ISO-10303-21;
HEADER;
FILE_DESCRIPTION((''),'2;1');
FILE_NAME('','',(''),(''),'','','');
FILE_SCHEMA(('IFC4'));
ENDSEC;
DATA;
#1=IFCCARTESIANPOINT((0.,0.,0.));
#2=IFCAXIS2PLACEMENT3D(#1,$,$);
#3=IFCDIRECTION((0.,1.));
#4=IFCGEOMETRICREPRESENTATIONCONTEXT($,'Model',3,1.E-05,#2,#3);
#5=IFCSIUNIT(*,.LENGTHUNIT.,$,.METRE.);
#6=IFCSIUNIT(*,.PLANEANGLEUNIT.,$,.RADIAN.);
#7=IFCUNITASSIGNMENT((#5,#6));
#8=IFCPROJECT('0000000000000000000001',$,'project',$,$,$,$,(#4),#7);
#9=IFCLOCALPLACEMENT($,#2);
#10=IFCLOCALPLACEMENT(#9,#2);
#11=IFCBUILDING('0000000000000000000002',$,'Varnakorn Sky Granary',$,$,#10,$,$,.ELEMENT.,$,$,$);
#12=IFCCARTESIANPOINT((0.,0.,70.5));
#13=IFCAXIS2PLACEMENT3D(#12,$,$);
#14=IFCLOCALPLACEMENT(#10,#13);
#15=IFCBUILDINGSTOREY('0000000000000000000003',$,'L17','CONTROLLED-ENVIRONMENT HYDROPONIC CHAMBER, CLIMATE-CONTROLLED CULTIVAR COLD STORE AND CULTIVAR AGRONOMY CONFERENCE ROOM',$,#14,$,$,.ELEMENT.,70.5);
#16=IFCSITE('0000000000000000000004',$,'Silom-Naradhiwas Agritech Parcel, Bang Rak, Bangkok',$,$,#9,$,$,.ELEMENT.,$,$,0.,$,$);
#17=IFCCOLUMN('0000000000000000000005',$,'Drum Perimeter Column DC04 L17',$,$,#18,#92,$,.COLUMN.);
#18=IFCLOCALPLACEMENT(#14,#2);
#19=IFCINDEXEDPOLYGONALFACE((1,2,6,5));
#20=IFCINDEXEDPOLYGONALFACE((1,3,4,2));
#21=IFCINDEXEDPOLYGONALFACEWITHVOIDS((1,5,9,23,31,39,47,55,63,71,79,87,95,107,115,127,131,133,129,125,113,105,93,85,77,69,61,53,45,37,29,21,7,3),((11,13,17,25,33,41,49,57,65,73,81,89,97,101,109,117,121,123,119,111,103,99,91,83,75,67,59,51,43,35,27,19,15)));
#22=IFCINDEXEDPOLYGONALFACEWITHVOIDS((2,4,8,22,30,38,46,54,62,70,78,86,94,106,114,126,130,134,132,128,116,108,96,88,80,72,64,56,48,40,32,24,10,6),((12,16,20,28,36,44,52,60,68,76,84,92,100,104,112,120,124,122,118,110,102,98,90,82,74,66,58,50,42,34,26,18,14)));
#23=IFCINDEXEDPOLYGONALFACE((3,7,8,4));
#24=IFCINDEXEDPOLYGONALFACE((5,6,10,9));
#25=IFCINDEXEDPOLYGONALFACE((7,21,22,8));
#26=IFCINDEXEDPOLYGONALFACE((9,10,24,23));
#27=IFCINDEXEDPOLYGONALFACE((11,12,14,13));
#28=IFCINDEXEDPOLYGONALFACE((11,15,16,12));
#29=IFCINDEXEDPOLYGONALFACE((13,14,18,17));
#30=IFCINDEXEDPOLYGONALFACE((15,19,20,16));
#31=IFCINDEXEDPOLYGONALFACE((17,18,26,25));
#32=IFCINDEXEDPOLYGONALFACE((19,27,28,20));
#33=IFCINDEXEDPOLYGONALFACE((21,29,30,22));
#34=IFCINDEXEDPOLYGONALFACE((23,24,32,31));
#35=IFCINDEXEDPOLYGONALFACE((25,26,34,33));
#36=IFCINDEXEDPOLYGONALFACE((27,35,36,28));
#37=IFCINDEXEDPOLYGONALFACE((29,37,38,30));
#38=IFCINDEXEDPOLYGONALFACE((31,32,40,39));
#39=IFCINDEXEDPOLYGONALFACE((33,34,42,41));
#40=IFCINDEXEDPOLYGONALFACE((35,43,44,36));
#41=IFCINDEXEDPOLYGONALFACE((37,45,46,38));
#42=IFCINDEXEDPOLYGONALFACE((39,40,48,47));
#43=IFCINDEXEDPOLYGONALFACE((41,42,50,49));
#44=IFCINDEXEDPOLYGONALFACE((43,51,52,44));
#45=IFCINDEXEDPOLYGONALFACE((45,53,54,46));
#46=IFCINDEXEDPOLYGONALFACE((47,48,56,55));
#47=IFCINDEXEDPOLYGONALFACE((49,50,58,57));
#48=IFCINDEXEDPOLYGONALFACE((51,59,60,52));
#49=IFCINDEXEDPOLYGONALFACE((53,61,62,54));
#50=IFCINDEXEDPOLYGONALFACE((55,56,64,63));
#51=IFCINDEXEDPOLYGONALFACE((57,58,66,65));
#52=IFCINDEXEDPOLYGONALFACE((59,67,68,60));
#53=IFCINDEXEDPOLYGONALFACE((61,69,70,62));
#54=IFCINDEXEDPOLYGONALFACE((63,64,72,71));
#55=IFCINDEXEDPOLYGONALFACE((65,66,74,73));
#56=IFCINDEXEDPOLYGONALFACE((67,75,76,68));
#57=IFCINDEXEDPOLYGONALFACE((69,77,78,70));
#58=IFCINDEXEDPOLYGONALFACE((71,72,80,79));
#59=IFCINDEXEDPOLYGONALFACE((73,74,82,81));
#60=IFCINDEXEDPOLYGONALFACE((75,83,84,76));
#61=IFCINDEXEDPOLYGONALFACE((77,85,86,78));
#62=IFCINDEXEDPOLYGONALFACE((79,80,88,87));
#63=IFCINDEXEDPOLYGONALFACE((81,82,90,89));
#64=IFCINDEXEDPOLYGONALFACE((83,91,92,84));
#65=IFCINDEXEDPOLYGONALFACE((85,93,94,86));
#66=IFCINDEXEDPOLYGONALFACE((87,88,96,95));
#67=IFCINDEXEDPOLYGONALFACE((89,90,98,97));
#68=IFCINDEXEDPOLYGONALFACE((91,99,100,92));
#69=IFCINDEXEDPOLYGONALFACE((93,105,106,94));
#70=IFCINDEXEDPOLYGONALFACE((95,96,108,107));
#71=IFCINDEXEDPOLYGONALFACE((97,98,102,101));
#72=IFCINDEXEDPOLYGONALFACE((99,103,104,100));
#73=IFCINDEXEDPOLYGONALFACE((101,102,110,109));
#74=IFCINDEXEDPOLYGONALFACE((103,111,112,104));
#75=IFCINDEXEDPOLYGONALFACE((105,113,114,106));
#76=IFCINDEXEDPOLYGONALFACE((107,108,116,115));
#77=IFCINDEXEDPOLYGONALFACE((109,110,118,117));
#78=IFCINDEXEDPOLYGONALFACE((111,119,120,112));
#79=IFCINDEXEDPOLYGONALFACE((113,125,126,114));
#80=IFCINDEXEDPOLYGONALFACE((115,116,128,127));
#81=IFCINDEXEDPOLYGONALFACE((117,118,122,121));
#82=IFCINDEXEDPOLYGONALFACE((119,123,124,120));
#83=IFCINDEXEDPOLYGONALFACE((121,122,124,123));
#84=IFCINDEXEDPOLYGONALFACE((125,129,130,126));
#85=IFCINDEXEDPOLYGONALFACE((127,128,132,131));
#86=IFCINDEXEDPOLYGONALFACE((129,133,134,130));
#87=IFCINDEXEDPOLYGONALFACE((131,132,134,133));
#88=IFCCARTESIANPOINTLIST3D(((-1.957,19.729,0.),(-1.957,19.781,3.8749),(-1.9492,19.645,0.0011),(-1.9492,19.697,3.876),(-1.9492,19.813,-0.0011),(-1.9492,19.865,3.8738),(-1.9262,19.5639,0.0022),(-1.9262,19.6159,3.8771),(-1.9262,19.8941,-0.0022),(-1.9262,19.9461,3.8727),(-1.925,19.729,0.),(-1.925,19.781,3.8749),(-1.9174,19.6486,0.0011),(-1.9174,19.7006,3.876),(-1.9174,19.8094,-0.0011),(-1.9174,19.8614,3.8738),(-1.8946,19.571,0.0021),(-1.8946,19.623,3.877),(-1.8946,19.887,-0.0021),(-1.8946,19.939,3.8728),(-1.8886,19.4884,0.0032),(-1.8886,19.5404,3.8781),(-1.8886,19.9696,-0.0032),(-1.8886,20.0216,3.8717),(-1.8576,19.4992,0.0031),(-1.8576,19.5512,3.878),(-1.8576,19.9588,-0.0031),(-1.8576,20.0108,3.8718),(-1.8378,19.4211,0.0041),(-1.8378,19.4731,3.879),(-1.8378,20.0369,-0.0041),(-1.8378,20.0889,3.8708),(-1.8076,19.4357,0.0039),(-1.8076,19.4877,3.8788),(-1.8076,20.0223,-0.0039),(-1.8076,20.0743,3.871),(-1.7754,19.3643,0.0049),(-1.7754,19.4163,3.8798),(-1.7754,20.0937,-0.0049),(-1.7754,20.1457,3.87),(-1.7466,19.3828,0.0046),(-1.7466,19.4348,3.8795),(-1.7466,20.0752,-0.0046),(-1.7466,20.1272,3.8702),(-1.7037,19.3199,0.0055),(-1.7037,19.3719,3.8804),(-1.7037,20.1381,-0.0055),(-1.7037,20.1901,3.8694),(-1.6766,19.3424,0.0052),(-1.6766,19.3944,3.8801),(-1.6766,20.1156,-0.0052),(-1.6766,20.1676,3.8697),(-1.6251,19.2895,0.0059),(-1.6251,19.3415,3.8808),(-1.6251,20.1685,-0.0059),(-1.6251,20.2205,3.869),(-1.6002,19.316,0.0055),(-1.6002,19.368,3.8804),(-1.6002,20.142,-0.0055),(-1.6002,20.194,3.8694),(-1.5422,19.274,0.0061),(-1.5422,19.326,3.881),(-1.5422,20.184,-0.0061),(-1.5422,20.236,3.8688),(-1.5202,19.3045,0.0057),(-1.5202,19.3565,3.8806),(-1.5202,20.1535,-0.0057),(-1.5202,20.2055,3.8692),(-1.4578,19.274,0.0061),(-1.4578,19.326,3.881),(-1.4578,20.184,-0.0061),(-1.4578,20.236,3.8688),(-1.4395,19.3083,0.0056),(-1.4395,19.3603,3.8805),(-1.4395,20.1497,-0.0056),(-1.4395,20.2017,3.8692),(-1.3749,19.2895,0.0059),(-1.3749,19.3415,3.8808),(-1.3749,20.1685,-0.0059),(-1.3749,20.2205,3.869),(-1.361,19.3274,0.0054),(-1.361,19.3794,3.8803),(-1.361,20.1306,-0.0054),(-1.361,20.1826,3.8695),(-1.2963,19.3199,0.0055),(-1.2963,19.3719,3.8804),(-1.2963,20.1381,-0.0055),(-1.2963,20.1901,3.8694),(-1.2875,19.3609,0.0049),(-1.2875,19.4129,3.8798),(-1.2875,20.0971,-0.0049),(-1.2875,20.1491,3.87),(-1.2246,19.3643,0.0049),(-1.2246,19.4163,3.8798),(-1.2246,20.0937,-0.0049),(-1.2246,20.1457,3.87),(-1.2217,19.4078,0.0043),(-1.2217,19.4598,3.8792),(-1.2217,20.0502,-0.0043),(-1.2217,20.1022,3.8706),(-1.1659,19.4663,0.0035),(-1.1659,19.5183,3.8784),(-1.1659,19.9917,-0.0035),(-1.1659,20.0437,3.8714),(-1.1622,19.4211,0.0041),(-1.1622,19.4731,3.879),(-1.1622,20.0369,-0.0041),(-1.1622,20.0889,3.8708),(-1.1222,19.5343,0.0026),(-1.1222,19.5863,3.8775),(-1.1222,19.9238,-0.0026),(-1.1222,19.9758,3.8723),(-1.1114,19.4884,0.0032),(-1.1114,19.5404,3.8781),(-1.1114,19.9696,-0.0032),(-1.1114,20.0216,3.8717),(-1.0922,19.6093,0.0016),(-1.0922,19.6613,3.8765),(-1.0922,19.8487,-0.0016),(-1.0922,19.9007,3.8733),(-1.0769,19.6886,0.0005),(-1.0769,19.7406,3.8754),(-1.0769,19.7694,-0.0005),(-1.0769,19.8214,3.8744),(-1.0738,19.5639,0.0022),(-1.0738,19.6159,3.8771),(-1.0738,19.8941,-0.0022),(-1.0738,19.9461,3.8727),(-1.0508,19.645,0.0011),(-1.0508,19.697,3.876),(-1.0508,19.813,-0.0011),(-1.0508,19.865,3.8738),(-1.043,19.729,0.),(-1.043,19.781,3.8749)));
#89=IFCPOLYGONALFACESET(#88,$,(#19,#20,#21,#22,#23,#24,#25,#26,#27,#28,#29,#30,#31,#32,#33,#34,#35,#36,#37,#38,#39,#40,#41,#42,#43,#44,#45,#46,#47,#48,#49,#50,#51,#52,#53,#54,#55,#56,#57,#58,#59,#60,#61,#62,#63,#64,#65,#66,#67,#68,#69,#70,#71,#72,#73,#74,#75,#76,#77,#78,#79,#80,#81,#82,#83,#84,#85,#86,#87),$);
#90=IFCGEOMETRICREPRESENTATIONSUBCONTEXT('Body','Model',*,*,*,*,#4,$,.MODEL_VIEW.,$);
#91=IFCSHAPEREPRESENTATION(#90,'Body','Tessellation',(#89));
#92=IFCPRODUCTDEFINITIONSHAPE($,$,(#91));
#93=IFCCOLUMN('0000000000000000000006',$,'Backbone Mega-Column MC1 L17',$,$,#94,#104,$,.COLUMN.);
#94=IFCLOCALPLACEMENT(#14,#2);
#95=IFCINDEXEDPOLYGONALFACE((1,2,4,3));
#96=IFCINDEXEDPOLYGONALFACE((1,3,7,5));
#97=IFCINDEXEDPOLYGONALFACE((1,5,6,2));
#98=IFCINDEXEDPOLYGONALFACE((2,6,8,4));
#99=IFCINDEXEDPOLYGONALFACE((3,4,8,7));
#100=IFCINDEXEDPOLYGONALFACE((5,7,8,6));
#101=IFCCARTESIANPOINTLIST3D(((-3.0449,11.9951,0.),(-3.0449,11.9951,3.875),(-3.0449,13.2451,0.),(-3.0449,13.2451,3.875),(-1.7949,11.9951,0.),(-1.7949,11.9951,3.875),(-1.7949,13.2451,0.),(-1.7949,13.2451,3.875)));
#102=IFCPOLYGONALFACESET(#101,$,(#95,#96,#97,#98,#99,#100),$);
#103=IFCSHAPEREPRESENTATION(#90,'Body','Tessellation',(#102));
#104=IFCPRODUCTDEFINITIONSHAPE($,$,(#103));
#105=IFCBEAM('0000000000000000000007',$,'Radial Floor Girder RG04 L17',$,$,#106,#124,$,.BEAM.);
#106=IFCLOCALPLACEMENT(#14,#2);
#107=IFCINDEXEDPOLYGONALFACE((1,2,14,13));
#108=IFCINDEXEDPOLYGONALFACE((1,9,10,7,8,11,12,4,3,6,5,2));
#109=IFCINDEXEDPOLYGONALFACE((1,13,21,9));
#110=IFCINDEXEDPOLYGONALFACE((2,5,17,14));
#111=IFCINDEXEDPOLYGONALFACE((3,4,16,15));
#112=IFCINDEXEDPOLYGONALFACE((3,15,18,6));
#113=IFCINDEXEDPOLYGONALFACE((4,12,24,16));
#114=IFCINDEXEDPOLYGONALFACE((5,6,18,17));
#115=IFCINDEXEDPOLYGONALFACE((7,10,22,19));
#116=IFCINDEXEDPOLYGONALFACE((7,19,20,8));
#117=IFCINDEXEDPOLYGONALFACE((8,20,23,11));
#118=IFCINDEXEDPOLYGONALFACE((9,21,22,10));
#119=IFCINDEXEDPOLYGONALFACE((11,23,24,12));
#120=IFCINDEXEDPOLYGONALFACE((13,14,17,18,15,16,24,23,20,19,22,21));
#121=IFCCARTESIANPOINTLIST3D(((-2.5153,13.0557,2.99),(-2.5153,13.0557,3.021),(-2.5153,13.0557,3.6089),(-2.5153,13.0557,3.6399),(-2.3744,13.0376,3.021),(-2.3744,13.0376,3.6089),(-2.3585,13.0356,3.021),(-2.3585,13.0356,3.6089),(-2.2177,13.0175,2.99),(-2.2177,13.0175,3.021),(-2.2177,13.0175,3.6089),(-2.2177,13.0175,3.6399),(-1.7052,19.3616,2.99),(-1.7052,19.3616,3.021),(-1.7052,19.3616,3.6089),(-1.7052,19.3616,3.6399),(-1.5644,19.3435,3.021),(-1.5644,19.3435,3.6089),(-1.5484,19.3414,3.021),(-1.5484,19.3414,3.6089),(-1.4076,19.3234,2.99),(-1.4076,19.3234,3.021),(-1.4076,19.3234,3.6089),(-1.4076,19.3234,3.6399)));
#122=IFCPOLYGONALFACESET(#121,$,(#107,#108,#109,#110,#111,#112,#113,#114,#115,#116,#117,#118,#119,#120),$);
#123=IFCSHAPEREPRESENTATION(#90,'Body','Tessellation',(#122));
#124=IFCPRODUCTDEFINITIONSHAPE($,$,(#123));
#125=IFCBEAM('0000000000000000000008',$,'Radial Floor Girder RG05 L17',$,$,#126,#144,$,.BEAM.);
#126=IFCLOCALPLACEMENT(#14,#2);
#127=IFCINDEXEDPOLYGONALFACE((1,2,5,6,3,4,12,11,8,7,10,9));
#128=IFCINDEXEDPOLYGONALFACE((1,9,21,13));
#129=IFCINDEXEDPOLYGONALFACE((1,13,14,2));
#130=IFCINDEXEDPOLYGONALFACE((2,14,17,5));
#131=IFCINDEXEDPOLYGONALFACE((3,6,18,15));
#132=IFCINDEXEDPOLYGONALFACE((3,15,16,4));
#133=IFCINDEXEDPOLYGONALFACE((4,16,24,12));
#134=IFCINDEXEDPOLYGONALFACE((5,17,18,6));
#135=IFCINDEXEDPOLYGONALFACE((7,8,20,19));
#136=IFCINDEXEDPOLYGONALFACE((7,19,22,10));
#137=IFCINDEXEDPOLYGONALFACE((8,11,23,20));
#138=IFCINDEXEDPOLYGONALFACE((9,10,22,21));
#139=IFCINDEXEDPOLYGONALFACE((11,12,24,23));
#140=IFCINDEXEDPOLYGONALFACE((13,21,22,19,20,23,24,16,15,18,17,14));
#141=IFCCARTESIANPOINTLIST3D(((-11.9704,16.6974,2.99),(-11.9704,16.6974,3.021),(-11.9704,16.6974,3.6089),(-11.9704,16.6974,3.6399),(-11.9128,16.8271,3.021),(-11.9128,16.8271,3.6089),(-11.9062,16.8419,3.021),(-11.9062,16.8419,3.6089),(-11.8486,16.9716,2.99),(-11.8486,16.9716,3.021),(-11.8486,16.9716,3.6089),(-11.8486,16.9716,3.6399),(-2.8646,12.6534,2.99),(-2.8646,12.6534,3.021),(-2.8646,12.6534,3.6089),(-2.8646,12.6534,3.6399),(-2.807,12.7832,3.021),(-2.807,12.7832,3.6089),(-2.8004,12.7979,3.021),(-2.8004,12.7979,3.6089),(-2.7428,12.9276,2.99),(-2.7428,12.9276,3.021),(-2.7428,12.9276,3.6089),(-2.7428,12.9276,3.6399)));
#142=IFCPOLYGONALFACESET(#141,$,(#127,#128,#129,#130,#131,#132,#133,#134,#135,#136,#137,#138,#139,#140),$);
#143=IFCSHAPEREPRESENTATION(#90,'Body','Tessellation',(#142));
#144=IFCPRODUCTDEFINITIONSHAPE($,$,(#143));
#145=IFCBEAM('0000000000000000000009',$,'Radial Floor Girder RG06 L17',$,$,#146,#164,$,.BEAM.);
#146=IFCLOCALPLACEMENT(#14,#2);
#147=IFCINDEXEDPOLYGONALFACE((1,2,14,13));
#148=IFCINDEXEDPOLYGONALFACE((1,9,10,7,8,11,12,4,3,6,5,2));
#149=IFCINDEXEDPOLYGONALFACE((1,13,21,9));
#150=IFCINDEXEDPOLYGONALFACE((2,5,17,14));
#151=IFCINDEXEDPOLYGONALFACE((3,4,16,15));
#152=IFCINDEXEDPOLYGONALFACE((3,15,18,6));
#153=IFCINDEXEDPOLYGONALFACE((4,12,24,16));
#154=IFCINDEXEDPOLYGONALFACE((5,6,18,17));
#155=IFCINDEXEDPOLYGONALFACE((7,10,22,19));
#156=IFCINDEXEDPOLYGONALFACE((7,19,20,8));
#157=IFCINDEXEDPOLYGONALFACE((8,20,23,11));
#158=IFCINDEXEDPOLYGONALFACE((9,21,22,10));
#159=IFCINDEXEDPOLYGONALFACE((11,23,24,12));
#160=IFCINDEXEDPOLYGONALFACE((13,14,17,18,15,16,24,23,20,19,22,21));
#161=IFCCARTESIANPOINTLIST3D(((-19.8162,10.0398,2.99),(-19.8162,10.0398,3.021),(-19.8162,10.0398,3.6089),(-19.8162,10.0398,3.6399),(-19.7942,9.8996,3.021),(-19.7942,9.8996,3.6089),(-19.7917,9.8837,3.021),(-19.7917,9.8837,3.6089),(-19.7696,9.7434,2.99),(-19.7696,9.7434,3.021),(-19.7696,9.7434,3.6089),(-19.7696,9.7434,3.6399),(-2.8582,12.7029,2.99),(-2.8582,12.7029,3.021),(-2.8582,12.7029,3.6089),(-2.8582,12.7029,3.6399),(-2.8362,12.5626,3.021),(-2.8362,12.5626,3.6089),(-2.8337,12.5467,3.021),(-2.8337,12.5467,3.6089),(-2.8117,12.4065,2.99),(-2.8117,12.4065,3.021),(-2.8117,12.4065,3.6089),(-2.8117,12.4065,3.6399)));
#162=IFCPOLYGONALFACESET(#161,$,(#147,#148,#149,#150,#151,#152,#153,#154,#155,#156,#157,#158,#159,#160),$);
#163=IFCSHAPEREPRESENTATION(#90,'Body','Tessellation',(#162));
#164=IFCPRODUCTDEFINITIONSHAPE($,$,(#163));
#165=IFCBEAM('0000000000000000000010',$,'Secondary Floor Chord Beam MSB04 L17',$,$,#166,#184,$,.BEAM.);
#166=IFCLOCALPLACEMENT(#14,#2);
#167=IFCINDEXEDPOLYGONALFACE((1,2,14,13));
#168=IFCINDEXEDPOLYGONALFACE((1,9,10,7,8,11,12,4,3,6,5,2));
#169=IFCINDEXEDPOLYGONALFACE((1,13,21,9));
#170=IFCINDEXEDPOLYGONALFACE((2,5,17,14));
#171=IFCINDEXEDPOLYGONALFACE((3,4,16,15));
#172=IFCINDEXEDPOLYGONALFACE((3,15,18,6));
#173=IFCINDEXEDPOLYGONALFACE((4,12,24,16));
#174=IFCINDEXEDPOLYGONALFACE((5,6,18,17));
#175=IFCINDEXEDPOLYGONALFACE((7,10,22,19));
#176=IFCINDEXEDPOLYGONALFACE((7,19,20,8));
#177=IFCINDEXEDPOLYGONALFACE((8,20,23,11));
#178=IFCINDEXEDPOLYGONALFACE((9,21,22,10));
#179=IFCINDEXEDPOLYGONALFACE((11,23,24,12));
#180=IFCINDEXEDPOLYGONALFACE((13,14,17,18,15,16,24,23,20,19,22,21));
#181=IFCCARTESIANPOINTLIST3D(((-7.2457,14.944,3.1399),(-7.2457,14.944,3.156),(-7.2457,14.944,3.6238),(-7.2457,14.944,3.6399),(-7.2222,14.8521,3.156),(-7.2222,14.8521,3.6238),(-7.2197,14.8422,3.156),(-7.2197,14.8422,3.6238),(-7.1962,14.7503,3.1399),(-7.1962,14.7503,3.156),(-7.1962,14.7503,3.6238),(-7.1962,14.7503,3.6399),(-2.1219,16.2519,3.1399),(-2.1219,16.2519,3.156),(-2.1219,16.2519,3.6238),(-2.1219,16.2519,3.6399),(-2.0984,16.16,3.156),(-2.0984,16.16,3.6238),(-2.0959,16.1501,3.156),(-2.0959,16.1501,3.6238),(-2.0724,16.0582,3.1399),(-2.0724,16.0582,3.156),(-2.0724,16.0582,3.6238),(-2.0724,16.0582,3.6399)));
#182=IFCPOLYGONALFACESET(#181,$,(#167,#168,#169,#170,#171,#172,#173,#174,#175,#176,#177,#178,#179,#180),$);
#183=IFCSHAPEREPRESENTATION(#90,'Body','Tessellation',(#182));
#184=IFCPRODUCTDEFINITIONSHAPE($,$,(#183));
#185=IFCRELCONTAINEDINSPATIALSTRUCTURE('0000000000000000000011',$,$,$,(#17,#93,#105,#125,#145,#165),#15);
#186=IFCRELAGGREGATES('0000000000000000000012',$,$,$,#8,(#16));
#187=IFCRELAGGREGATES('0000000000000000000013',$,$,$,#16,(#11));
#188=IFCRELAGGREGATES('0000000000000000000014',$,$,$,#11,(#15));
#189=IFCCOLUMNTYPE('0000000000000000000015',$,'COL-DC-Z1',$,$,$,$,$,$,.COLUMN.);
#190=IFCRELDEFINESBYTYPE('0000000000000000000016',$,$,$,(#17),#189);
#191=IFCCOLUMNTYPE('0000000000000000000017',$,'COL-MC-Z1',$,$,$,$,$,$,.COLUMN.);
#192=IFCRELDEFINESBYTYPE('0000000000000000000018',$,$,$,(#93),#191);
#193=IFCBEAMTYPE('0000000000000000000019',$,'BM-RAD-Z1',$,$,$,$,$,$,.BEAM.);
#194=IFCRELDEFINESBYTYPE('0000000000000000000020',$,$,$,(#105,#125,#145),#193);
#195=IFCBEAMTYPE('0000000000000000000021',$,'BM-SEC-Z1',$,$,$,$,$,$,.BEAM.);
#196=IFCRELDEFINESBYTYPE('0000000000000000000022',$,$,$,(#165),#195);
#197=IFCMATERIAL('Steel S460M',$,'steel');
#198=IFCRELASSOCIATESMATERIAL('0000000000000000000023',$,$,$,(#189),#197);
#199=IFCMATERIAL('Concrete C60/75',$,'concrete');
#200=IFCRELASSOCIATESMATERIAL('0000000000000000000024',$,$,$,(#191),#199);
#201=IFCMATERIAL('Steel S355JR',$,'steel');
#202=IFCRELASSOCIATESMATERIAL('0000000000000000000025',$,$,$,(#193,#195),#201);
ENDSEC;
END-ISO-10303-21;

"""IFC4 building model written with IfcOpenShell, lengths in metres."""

from ifc_helpers import new_model, si_unit, direction, frame, origin, origin_2d, place, context, subcontext, project, spatial, rectangle, hollow_circle, i_section, extrude, material, material_profile, profile_set, type_object, element, save


model = new_model("IFC4")

# Units and contexts
model_context = context("Model", 3, precision=1e-05, world=origin(), true_north=direction((0.0, 1.0)))
body_context = subcontext(model_context, "Body", "Model", "MODEL_VIEW")
ifc_project = project(units=[si_unit("LENGTHUNIT", "METRE"), si_unit("PLANEANGLEUNIT", "RADIAN")], contexts=[model_context])

# Site, building, storey
site_placement = place(None, origin())
site = spatial("IfcSite", under=ifc_project, at=site_placement, Name="Silom-Naradhiwas Agritech Parcel, Bang Rak, Bangkok", CompositionType="ELEMENT", RefElevation=0.0)
building_placement = place(site_placement, origin())
building = spatial("IfcBuilding", under=site, at=building_placement, Name="Varnakorn Sky Granary", CompositionType="ELEMENT")
storey_placement = place(building_placement, frame((0.0, 0.0, 70.5)))
storey = spatial("IfcBuildingStorey", under=building, at=storey_placement, Name="L17", Description="CONTROLLED-ENVIRONMENT HYDROPONIC CHAMBER, CLIMATE-CONTROLLED CULTIVAR COLD STORE AND CULTIVAR AGRONOMY CONFERENCE ROOM", CompositionType="ELEMENT", Elevation=70.5)

# Columns
ifc_material_1 = material(Name="Steel S460M", Category="steel")
ifc_material_profile_1 = material_profile(ifc_material_1, hollow_circle(Radius=0.457, WallThickness=0.032, at=origin_2d()), Name="CHS 914x32")
ifc_profile_set_1 = profile_set([ifc_material_profile_1], Name="Steel S460M")
column_type_1 = type_object("IfcColumnType", Name="COL-DC-Z1", PredefinedType="COLUMN", material=ifc_profile_set_1)
column_1_placement = place(storey_placement, frame((-1.5, 19.729, 0.0), z_axis=(0.0, 0.013419, 0.99991), x_axis=(-1.0, 0.0, 0.0)))
element("IfcColumn", 1, at=column_1_placement, inside=storey, type_object=column_type_1, Name="Drum Perimeter Column DC04 L17", PredefinedType="COLUMN", context=body_context, shape_type="SweptSolid", body=[
    extrude(hollow_circle(Radius=0.457, WallThickness=0.032, at=origin_2d()), origin(), (0.0, 0.0, 1.0), 3.8752),
])
ifc_material_2 = material(Name="Concrete C60/75", Category="concrete")
ifc_material_profile_2 = material_profile(ifc_material_2, rectangle(XDim=1.25, YDim=1.25, at=origin_2d()), Name="RC 1250x1250")
ifc_profile_set_2 = profile_set([ifc_material_profile_2], Name="Concrete C60/75")
column_type_2 = type_object("IfcColumnType", Name="COL-MC-Z1", PredefinedType="COLUMN", material=ifc_profile_set_2)
column_2_placement = place(storey_placement, frame((-2.4199, 12.6201, 0.0), z_axis=(0.0, 0.0, 1.0), x_axis=(1.0, 0.0, 0.0)))
element("IfcColumn", 2, at=column_2_placement, inside=storey, type_object=column_type_2, Name="Backbone Mega-Column MC1 L17", PredefinedType="COLUMN", context=body_context, shape_type="SweptSolid", body=[
    extrude(rectangle(XDim=1.25, YDim=1.25, at=origin_2d()), origin(), (0.0, 0.0, 1.0), 3.875),
])

# Beams
ifc_material_3 = material(Name="Steel S355JR", Category="steel")
ifc_material_profile_3 = material_profile(ifc_material_3, i_section(OverallWidth=0.3, OverallDepth=0.6499, WebThickness=0.0161, FlangeThickness=0.031, at=origin_2d()), Name="HE 650 B")
ifc_profile_set_3 = profile_set([ifc_material_profile_3], Name="Steel S355JR")
beam_type_1 = type_object("IfcBeamType", Name="BM-RAD-Z1", PredefinedType="BEAM", material=ifc_profile_set_3)
beam_1_placement = place(storey_placement, frame((-2.3665, 13.0366, 3.3149), z_axis=(0.127413, 0.99185, 0.0), x_axis=(-0.99185, 0.127413, 0.0)))
element("IfcBeam", 3, at=beam_1_placement, inside=storey, type_object=beam_type_1, Name="Radial Floor Girder RG04 L17", PredefinedType="BEAM", context=body_context, shape_type="SweptSolid", body=[
    extrude(i_section(OverallWidth=0.3, OverallDepth=0.6499, WebThickness=0.0161, FlangeThickness=0.031, at=origin_2d()), origin(), (0.0, 0.0, 1.0), 6.3577),
])
beam_2_placement = place(storey_placement, frame((-2.8037, 12.7905, 3.3149), z_axis=(-0.913925, 0.405884, 0.0), x_axis=(-0.405884, -0.913925, 0.0)))
element("IfcBeam", 4, at=beam_2_placement, inside=storey, type_object=beam_type_1, Name="Radial Floor Girder RG05 L17", PredefinedType="BEAM", context=body_context, shape_type="SweptSolid", body=[
    extrude(i_section(OverallWidth=0.3, OverallDepth=0.6499, WebThickness=0.0161, FlangeThickness=0.031, at=origin_2d()), origin(), (0.0, 0.0, 1.0), 9.9634),
])
beam_3_placement = place(storey_placement, frame((-2.835, 12.5547, 3.3149), z_axis=(-0.987893, -0.155139, 0.0), x_axis=(0.155139, -0.987893, 0.0)))
element("IfcBeam", 5, at=beam_3_placement, inside=storey, type_object=beam_type_1, Name="Radial Floor Girder RG06 L17", PredefinedType="BEAM", context=body_context, shape_type="SweptSolid", body=[
    extrude(i_section(OverallWidth=0.3, OverallDepth=0.6499, WebThickness=0.0161, FlangeThickness=0.031, at=origin_2d()), origin(), (0.0, 0.0, 1.0), 17.1658),
])
ifc_material_profile_4 = material_profile(ifc_material_3, i_section(OverallWidth=0.2, OverallDepth=0.5, WebThickness=0.0103, FlangeThickness=0.0161, at=origin_2d()), Name="IPE 500")
ifc_profile_set_4 = profile_set([ifc_material_profile_4], Name="Steel S355JR")
beam_type_2 = type_object("IfcBeamType", Name="BM-SEC-Z1", PredefinedType="BEAM", material=ifc_profile_set_4)
beam_4_placement = place(storey_placement, frame((-2.0972, 16.155, 3.3899), z_axis=(-0.968933, -0.247323, 0.0), x_axis=(0.247323, -0.968933, 0.0)))
element("IfcBeam", 6, at=beam_4_placement, inside=storey, type_object=beam_type_2, Name="Secondary Floor Chord Beam MSB04 L17", PredefinedType="BEAM", context=body_context, shape_type="SweptSolid", body=[
    extrude(i_section(OverallWidth=0.2, OverallDepth=0.5, WebThickness=0.0103, FlangeThickness=0.0161, at=origin_2d()), origin(), (0.0, 0.0, 1.0), 5.2881),
])

save(model, "model.ifc")
